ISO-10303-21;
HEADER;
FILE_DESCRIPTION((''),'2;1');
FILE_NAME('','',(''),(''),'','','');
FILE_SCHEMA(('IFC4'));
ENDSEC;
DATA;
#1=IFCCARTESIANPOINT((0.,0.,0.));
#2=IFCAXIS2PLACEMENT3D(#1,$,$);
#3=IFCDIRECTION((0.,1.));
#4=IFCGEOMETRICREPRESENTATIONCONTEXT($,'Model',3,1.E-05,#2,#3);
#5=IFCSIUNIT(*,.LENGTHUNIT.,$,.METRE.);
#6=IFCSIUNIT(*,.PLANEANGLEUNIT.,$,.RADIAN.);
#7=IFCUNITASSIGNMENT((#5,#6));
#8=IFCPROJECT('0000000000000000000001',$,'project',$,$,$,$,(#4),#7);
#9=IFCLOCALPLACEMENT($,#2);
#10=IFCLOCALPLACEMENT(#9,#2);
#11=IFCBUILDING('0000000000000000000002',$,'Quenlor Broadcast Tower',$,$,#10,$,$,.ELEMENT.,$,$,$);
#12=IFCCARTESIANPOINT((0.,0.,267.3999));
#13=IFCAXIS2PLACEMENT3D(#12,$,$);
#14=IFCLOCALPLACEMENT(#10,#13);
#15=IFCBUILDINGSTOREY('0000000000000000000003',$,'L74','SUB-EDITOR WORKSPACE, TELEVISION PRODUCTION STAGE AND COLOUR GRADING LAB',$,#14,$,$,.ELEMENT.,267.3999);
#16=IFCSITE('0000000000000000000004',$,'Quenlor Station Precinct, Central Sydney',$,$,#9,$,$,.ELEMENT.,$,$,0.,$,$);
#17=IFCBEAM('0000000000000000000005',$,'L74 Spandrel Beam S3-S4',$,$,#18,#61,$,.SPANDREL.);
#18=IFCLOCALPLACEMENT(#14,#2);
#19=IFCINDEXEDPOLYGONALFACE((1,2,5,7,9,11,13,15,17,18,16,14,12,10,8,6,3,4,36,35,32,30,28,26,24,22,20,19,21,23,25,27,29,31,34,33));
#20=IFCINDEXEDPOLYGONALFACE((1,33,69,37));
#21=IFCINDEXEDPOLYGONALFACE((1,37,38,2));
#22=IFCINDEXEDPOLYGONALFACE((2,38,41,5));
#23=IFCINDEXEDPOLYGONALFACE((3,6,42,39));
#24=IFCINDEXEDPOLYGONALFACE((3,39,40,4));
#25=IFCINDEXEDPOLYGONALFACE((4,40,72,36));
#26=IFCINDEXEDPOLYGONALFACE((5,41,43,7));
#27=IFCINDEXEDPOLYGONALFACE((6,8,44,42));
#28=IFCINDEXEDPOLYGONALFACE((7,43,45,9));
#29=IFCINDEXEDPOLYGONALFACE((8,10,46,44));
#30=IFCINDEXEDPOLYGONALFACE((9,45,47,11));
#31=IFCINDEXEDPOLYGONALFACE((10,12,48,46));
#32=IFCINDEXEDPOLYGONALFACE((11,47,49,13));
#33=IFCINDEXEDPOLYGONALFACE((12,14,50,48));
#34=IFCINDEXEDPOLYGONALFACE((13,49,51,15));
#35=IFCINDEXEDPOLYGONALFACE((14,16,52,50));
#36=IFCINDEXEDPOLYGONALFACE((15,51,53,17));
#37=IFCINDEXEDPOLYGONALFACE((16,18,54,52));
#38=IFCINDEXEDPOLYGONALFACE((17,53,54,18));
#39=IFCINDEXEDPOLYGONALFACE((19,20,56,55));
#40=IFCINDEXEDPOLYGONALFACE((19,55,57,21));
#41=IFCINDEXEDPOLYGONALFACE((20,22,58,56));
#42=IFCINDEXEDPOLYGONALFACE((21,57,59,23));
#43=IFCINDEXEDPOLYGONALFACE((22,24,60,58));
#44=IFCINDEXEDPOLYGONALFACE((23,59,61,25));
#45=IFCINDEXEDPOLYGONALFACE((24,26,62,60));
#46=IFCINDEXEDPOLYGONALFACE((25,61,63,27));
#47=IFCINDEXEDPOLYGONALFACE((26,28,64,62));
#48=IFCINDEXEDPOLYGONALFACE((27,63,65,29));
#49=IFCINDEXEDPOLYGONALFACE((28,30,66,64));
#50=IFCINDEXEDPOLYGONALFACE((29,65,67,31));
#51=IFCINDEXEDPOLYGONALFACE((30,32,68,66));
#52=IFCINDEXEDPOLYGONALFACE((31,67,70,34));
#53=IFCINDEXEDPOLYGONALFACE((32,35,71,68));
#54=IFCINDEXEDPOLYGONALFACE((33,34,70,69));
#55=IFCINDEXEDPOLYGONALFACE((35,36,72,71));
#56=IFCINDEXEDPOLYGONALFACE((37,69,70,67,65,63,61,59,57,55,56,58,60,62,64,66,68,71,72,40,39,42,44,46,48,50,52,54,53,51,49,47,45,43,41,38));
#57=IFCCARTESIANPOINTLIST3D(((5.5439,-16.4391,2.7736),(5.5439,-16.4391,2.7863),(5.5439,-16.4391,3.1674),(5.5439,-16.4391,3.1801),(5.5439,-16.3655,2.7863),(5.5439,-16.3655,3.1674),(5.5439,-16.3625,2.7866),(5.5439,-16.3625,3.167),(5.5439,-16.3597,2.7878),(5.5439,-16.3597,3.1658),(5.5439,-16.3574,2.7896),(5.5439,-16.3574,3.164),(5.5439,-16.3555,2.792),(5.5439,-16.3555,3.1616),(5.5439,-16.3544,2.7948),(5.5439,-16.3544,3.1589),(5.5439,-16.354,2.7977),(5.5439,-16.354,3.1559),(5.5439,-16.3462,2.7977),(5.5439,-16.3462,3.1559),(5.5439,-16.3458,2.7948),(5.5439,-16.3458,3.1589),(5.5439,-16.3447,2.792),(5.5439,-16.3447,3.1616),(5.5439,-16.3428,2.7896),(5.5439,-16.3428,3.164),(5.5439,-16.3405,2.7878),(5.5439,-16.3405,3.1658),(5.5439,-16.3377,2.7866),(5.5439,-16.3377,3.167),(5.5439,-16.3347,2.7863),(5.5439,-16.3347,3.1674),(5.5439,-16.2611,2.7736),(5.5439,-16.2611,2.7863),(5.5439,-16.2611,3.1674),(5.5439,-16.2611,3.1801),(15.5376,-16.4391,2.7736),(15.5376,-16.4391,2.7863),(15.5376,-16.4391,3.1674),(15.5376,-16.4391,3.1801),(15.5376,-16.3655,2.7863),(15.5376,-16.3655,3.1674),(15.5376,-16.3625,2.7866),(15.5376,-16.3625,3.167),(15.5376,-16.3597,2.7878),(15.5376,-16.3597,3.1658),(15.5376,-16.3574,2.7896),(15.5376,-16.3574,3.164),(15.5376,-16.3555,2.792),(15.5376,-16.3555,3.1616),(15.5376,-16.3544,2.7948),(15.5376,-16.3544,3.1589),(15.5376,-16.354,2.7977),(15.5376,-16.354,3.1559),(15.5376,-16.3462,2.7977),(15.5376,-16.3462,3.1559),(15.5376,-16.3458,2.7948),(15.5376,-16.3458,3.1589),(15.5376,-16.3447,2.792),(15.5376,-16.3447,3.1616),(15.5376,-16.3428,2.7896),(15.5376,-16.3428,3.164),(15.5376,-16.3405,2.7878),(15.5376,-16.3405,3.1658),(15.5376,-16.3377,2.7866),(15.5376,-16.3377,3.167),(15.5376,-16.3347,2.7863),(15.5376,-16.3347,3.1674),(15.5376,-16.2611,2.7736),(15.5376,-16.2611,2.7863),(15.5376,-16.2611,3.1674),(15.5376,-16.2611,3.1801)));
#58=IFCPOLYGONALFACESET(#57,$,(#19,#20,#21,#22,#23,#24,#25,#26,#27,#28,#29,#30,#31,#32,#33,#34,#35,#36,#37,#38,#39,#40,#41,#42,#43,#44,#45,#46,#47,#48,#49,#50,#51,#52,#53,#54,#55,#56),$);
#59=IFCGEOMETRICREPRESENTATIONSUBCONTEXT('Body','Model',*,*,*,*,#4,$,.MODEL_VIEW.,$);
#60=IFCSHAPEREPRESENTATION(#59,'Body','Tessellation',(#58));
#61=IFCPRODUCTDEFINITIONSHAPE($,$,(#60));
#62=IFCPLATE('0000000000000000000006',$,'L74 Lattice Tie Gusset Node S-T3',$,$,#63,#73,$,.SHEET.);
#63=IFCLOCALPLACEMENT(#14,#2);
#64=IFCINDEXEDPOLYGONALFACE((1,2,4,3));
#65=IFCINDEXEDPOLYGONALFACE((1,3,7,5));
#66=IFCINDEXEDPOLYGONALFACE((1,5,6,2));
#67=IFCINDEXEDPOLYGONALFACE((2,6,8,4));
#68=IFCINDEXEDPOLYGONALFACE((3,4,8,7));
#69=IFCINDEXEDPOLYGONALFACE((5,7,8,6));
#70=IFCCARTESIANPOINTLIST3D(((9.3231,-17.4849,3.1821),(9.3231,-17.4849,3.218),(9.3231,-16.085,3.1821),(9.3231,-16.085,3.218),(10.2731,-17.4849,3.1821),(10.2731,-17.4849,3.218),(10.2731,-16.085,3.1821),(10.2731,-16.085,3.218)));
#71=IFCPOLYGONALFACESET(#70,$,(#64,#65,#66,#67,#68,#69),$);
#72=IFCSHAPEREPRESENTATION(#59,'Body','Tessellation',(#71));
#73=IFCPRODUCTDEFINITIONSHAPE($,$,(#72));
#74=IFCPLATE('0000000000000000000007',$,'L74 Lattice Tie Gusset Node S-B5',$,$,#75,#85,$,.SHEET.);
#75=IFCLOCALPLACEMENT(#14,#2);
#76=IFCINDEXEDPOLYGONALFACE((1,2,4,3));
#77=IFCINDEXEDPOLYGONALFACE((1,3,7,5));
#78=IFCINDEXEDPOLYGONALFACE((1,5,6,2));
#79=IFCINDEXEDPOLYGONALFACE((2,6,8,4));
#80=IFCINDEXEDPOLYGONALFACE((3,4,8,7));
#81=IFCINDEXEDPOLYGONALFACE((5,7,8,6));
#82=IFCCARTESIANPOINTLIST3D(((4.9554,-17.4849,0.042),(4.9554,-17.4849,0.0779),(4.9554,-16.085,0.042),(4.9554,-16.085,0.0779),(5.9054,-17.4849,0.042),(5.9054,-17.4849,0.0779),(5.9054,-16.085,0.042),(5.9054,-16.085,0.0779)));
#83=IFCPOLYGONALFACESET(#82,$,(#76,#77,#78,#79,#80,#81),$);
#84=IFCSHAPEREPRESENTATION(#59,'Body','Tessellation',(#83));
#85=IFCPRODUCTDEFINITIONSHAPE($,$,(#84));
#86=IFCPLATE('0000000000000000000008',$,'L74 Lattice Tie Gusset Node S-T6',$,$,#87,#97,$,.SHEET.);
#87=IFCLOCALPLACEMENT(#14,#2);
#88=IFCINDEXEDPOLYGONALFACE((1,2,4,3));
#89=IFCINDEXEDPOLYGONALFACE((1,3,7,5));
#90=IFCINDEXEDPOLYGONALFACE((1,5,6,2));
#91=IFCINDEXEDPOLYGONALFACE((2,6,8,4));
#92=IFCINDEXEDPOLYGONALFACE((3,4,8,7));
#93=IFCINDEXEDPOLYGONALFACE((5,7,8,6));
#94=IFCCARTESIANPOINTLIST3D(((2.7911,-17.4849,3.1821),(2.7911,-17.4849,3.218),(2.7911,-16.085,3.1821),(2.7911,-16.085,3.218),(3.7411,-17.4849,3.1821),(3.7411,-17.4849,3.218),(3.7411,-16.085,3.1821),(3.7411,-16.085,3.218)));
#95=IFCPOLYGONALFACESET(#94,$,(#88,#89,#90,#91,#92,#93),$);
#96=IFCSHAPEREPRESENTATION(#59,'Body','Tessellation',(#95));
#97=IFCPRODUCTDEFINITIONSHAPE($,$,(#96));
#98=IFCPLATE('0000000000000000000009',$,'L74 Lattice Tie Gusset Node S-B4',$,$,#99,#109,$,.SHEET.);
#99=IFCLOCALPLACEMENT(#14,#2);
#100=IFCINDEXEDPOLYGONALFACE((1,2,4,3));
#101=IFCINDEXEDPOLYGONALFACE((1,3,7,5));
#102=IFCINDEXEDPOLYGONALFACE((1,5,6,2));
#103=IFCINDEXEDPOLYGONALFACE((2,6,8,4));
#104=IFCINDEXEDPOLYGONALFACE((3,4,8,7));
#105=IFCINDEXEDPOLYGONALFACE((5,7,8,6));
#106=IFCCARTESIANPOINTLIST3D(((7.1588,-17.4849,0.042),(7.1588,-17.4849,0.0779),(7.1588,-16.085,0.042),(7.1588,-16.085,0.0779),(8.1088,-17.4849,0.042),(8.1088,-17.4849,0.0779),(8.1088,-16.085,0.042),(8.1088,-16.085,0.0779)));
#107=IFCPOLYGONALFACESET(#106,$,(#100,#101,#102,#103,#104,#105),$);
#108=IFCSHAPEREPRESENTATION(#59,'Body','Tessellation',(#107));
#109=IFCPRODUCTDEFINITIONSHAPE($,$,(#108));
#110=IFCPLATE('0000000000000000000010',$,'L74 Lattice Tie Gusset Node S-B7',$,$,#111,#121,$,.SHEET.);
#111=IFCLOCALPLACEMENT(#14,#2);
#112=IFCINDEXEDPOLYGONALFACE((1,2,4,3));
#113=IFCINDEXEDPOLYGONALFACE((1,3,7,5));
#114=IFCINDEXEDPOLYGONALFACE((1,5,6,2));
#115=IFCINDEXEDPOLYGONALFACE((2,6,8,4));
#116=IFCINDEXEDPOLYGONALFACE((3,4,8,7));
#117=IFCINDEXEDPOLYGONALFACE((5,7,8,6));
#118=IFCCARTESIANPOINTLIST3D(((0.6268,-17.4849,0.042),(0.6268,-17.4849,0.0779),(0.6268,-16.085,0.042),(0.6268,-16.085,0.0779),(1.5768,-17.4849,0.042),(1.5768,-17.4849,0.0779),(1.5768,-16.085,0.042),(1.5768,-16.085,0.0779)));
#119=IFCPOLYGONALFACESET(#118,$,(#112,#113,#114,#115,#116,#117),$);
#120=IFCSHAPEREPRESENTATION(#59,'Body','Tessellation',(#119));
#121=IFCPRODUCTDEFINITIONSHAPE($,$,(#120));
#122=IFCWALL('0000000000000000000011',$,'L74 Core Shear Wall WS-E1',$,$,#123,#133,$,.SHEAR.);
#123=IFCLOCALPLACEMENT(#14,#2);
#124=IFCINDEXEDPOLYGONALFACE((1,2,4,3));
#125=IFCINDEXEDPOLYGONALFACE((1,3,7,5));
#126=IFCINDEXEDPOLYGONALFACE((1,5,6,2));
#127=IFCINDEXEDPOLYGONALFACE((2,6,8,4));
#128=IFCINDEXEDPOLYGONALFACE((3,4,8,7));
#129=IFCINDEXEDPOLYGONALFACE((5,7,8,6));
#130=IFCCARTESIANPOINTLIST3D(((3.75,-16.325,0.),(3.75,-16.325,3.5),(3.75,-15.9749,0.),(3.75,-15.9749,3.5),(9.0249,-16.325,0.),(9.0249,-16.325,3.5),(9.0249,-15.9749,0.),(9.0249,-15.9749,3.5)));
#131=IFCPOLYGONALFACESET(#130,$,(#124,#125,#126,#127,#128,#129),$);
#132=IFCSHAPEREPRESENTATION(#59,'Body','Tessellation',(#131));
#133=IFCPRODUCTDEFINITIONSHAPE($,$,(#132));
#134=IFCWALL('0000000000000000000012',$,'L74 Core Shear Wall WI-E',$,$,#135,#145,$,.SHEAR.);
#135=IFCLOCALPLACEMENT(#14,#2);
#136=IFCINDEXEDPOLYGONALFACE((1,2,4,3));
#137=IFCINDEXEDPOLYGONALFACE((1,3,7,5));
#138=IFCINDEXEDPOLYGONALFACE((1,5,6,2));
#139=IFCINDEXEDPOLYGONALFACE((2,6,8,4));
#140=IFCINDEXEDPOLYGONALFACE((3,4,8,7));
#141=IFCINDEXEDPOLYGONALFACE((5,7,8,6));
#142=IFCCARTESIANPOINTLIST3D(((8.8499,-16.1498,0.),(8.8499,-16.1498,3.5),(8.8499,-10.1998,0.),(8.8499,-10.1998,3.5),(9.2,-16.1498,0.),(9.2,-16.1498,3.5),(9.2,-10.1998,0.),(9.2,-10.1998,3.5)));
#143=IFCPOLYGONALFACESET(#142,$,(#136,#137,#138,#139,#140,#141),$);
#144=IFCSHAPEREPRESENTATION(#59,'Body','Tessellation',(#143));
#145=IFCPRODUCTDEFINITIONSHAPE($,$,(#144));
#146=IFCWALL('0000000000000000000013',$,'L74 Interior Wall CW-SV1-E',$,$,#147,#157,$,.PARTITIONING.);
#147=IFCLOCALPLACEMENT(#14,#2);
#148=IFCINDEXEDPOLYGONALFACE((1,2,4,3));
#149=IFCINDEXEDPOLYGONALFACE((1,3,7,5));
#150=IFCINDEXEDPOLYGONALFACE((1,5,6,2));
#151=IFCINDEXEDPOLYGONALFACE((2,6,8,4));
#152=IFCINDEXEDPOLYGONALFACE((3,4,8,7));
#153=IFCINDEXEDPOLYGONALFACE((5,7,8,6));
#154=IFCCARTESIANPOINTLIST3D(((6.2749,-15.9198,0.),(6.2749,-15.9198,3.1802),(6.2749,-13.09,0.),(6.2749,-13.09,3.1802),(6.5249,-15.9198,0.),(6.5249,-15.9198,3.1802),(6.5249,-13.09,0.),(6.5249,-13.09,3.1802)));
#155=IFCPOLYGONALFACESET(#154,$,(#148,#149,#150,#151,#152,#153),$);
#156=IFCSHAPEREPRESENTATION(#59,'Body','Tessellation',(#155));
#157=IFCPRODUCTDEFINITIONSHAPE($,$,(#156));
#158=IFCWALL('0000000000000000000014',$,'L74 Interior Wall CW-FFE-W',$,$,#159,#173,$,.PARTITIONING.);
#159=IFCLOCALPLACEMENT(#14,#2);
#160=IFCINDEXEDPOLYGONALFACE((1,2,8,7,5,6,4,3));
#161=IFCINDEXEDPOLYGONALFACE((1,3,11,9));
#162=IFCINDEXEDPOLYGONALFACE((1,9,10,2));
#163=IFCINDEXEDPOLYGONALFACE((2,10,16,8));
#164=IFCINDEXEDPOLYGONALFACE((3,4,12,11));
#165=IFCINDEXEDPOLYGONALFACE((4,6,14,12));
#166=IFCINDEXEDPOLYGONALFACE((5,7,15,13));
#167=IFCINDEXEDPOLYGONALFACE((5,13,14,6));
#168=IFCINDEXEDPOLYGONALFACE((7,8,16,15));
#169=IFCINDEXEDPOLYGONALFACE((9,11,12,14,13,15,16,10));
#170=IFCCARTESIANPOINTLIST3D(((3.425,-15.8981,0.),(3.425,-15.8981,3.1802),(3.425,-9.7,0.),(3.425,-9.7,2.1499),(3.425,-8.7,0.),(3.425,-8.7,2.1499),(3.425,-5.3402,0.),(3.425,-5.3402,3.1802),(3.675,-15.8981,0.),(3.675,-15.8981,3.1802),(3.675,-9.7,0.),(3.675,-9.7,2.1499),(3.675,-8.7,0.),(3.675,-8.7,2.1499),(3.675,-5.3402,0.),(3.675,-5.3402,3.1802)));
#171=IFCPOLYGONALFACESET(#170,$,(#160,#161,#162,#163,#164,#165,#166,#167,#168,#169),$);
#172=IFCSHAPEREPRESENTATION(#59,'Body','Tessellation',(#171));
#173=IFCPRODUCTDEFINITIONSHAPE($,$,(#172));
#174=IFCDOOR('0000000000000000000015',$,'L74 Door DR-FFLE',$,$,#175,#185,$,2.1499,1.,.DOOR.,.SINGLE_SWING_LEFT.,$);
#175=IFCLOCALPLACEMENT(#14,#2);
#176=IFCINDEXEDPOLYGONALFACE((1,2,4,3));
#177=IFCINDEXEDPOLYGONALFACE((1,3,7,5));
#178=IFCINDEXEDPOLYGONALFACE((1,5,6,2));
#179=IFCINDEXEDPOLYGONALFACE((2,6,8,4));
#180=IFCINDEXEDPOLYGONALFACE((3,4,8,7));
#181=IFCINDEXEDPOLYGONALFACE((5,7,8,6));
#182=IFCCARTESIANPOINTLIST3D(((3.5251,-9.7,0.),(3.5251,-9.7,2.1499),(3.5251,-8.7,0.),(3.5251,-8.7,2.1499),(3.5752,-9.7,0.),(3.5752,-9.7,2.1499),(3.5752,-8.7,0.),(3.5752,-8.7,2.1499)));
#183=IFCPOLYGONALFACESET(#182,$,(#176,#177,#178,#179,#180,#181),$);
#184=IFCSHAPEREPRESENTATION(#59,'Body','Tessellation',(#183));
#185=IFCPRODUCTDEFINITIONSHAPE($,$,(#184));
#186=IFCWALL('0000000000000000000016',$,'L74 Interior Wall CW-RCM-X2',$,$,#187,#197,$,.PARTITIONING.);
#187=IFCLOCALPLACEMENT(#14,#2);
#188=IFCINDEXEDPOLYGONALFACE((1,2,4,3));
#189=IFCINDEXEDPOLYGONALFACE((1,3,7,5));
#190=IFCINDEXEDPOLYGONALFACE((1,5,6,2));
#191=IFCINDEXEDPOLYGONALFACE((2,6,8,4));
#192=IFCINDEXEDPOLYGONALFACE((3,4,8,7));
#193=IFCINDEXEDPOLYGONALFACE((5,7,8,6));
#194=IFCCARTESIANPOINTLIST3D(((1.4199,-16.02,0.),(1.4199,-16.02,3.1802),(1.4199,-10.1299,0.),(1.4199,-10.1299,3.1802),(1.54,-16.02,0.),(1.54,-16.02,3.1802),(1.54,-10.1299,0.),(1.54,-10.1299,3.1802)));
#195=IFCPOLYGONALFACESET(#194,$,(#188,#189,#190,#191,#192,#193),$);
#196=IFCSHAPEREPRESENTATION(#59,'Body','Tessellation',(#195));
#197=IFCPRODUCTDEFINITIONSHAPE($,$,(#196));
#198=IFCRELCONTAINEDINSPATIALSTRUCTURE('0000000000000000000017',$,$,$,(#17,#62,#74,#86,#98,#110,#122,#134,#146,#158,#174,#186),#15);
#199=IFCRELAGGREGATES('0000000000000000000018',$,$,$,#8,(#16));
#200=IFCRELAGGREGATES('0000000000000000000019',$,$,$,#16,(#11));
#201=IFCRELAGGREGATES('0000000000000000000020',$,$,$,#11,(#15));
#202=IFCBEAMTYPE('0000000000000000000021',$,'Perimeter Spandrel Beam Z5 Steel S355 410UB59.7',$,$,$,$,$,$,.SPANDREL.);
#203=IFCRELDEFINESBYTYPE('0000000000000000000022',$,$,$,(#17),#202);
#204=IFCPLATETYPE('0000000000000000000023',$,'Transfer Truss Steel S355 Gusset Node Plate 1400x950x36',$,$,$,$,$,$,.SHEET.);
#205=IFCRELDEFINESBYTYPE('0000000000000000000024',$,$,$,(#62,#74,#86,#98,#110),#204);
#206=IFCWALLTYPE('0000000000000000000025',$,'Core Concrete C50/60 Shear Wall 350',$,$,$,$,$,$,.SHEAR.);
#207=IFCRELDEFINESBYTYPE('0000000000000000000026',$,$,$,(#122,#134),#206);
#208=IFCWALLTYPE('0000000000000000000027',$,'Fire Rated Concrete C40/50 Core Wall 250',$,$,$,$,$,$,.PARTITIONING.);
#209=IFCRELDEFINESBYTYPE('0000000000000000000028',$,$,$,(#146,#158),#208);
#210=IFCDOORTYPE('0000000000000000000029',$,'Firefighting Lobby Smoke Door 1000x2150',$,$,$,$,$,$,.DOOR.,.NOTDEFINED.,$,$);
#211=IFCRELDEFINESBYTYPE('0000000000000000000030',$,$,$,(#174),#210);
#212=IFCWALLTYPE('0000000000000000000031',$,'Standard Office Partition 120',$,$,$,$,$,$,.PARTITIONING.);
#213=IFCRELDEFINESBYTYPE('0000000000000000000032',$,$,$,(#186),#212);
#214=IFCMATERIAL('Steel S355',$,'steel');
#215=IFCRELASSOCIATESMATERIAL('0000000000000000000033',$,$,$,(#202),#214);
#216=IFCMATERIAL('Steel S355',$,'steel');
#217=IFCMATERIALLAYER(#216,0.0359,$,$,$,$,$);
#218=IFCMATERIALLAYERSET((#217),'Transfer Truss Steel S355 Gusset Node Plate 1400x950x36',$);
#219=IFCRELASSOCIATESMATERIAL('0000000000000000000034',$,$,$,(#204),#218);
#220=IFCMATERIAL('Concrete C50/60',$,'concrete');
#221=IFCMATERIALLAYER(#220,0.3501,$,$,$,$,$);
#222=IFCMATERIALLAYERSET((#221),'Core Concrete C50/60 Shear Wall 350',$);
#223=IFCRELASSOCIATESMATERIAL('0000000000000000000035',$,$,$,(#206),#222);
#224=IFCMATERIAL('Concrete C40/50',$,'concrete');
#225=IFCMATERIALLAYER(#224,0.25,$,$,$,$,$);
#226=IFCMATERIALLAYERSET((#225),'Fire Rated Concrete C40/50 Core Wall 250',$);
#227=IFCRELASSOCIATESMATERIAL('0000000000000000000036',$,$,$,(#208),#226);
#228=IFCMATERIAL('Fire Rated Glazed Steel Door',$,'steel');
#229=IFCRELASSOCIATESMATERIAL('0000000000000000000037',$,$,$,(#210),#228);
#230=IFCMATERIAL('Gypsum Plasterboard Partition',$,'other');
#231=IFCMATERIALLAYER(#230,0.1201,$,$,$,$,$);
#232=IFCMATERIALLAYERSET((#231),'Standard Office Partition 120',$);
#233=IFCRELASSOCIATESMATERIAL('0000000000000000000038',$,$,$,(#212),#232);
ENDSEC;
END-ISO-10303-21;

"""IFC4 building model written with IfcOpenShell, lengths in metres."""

from ifc_helpers import new_model, si_unit, direction, frame, frame_2d, origin, origin_2d, place, context, subcontext, project, spatial, rectangle, i_section, extrude, material, layer, layer_set, material_profile, profile_set, type_object, element, fill, save


model = new_model("IFC4")

# Units and contexts
model_context = context("Model", 3, precision=1e-05, world=origin(), true_north=direction((0.0, 1.0)))
body_context = subcontext(model_context, "Body", "Model", "MODEL_VIEW")
ifc_project = project(units=[si_unit("LENGTHUNIT", "METRE"), si_unit("PLANEANGLEUNIT", "RADIAN")], contexts=[model_context])

# Site, building, storey
site_placement = place(None, origin())
site = spatial("IfcSite", under=ifc_project, at=site_placement, Name="Quenlor Station Precinct, Central Sydney", CompositionType="ELEMENT", RefElevation=0.0)
building_placement = place(site_placement, origin())
building = spatial("IfcBuilding", under=site, at=building_placement, Name="Quenlor Broadcast Tower", CompositionType="ELEMENT")
storey_placement = place(building_placement, frame((0.0, 0.0, 267.3999)))
storey = spatial("IfcBuildingStorey", under=building, at=storey_placement, Name="L74", Description="SUB-EDITOR WORKSPACE, TELEVISION PRODUCTION STAGE AND COLOUR GRADING LAB", CompositionType="ELEMENT", Elevation=267.3999)

# Beam
ifc_material_1 = material(Name="Steel S355", Category="steel")
ifc_material_profile_1 = material_profile(ifc_material_1, i_section(OverallWidth=0.178, OverallDepth=0.4065, WebThickness=0.0078, FlangeThickness=0.0127, FilletRadius=0.0115, at=origin_2d()))
ifc_profile_set_1 = profile_set([ifc_material_profile_1], Name="Steel S355 410UB59.7")
beam_type_1 = type_object("IfcBeamType", Name="Perimeter Spandrel Beam Z5 Steel S355 410UB59.7", PredefinedType="SPANDREL", material=ifc_profile_set_1)
beam_1_placement = place(storey_placement, frame((5.5439, -16.3501, 2.9768), z_axis=(1.0, 0.0, 0.0), x_axis=(0.0, 1.0, 0.0)))
element("IfcBeam", 1, at=beam_1_placement, inside=storey, type_object=beam_type_1, Name="L74 Spandrel Beam S3-S4", PredefinedType="SPANDREL", context=body_context, shape_type="SweptSolid", body=[
    extrude(i_section(OverallWidth=0.178, OverallDepth=0.4065, WebThickness=0.0078, FlangeThickness=0.0127, FilletRadius=0.0115, at=origin_2d()), origin(), (0.0, 0.0, 1.0), 9.9937),
])

# Plates
ifc_material_2 = material(Name="Steel S355", Category="steel")
ifc_layer_1 = layer(ifc_material_2, 0.0359)
ifc_layer_set_1 = layer_set([ifc_layer_1], Name="Transfer Truss Steel S355 Gusset Node Plate 1400x950x36")
plate_type = type_object("IfcPlateType", Name="Transfer Truss Steel S355 Gusset Node Plate 1400x950x36", PredefinedType="SHEET", material=ifc_layer_set_1)
for number, where, z_axis, x_axis, name in (
    (2, (9.7981, -16.7849, 3.1821), (0.0, 0.0, 1.0), (0.0, -1.0, 0.0), "L74 Lattice Tie Gusset Node S-T3"),
    (3, (5.4304, -16.7849, 0.042), (0.0, 0.0, 1.0), (0.0, -1.0, 0.0), "L74 Lattice Tie Gusset Node S-B5"),
    (4, (3.2661, -16.7849, 3.1821), (0.0, 0.0, 1.0), (0.0, -1.0, 0.0), "L74 Lattice Tie Gusset Node S-T6"),
    (5, (7.6338, -16.7849, 0.042), (0.0, 0.0, 1.0), (0.0, -1.0, 0.0), "L74 Lattice Tie Gusset Node S-B4"),
    (6, (1.1018, -16.7849, 0.042), (0.0, 0.0, 1.0), (0.0, -1.0, 0.0), "L74 Lattice Tie Gusset Node S-B7"),
):
    element("IfcPlate", number, at=place(storey_placement, frame(where, z_axis=z_axis, x_axis=x_axis)), inside=storey, type_object=plate_type, Name=name, PredefinedType="SHEET", context=body_context, shape_type="SweptSolid", body=[
        extrude(rectangle(XDim=1.3999, YDim=0.95, at=origin_2d()), origin(), (0.0, 0.0, 1.0), 0.0359),
    ])

# Walls
ifc_material_3 = material(Name="Concrete C50/60", Category="concrete")
ifc_layer_2 = layer(ifc_material_3, 0.3501)
ifc_layer_set_2 = layer_set([ifc_layer_2], Name="Core Concrete C50/60 Shear Wall 350")
wall_type_1 = type_object("IfcWallType", Name="Core Concrete C50/60 Shear Wall 350", PredefinedType="SHEAR", material=ifc_layer_set_2)
wall_1_placement = place(storey_placement, frame((3.75, -16.1499, 0.0), z_axis=(0.0, 0.0, 1.0), x_axis=(1.0, 0.0, 0.0)))
element("IfcWall", 7, at=wall_1_placement, inside=storey, type_object=wall_type_1, Name="L74 Core Shear Wall WS-E1", PredefinedType="SHEAR", context=body_context, shape_type="SweptSolid", body=[
    extrude(rectangle(XDim=5.2749, YDim=0.3501, at=frame_2d((2.6375, 0.0))), origin(), (0.0, 0.0, 1.0), 3.5),
])
wall_2_placement = place(storey_placement, frame((9.0249, -16.1499, 0.0), z_axis=(0.0, 0.0, 1.0), x_axis=(0.0, 1.0, 0.0)))
element("IfcWall", 8, at=wall_2_placement, inside=storey, type_object=wall_type_1, Name="L74 Core Shear Wall WI-E", PredefinedType="SHEAR", context=body_context, shape_type="SweptSolid", body=[
    extrude(rectangle(XDim=5.95, YDim=0.3501, at=frame_2d((2.9751, 0.0))), origin(), (0.0, 0.0, 1.0), 3.5),
])
ifc_material_4 = material(Name="Concrete C40/50", Category="concrete")
ifc_layer_3 = layer(ifc_material_4, 0.25)
ifc_layer_set_3 = layer_set([ifc_layer_3], Name="Fire Rated Concrete C40/50 Core Wall 250")
wall_type_2 = type_object("IfcWallType", Name="Fire Rated Concrete C40/50 Core Wall 250", PredefinedType="PARTITIONING", material=ifc_layer_set_3)
wall_3_placement = place(storey_placement, frame((6.3999, -15.9199, 0.0), z_axis=(0.0, 0.0, 1.0), x_axis=(0.0, 1.0, 0.0)))
element("IfcWall", 9, at=wall_3_placement, inside=storey, type_object=wall_type_2, Name="L74 Interior Wall CW-SV1-E", PredefinedType="PARTITIONING", context=body_context, shape_type="SweptSolid", body=[
    extrude(rectangle(XDim=2.8298, YDim=0.25, at=frame_2d((1.415, 0.0))), origin(), (0.0, 0.0, 1.0), 3.1802),
])

# Wall, opening, door
wall_4_placement = place(storey_placement, frame((3.55, -15.8979, 0.0), z_axis=(0.0, 0.0, 1.0), x_axis=(0.0, 1.0, 0.0)))
wall_4 = element("IfcWall", 10, at=wall_4_placement, inside=storey, type_object=wall_type_2, Name="L74 Interior Wall CW-FFE-W", PredefinedType="PARTITIONING", context=body_context, shape_type="SweptSolid", body=[
    extrude(rectangle(XDim=10.5579, YDim=0.25, at=frame_2d((5.2788, 0.0))), origin(), (0.0, 0.0, 1.0), 3.1802),
])
opening_placement = place(wall_4_placement, frame((6.198, 0.0, 0.0)))
opening = element("IfcOpeningElement", 11, at=opening_placement, cuts=wall_4, PredefinedType="OPENING", context=body_context, shape_type="SweptSolid", body=[
    extrude(rectangle(XDim=1.0, YDim=2.1499, at=frame_2d((0.5, 1.075))), frame((0.0, 0.135, 0.0), z_axis=(0.0, -1.0, 0.0), x_axis=(1.0, 0.0, 0.0)), (0.0, 0.0, 1.0), 0.27),
])
ifc_material_5 = material(Name="Fire Rated Glazed Steel Door", Category="steel")
door_type = type_object("IfcDoorType", Name="Firefighting Lobby Smoke Door 1000x2150", OperationType="NOTDEFINED", PredefinedType="DOOR", material=ifc_material_5)
door_placement = place(opening_placement, origin())
door = element("IfcDoor", 12, at=door_placement, inside=storey, type_object=door_type, Name="L74 Door DR-FFLE", OperationType="SINGLE_SWING_LEFT", OverallHeight=2.1499, OverallWidth=1.0, PredefinedType="DOOR", context=body_context, shape_type="SweptSolid", body=[
    extrude(rectangle(XDim=1.0, YDim=2.1499, at=frame_2d((0.5, 1.075))), frame((0.0, 0.0249, 0.0), z_axis=(0.0, -1.0, 0.0), x_axis=(1.0, 0.0, 0.0)), (0.0, 0.0, 1.0), 0.05),
])
fill(opening, door)

# Wall
ifc_material_6 = material(Name="Gypsum Plasterboard Partition", Category="other")
ifc_layer_4 = layer(ifc_material_6, 0.1201)
ifc_layer_set_4 = layer_set([ifc_layer_4], Name="Standard Office Partition 120")
wall_type_3 = type_object("IfcWallType", Name="Standard Office Partition 120", PredefinedType="PARTITIONING", material=ifc_layer_set_4)
wall_5_placement = place(storey_placement, frame((1.48, -16.02, 0.0), z_axis=(0.0, 0.0, 1.0), x_axis=(0.0, 1.0, 0.0)))
element("IfcWall", 13, at=wall_5_placement, inside=storey, type_object=wall_type_3, Name="L74 Interior Wall CW-RCM-X2", PredefinedType="PARTITIONING", context=body_context, shape_type="SweptSolid", body=[
    extrude(rectangle(XDim=5.8901, YDim=0.1201, at=frame_2d((2.9451, 0.0))), origin(), (0.0, 0.0, 1.0), 3.1802),
])

save(model, "model.ifc")
